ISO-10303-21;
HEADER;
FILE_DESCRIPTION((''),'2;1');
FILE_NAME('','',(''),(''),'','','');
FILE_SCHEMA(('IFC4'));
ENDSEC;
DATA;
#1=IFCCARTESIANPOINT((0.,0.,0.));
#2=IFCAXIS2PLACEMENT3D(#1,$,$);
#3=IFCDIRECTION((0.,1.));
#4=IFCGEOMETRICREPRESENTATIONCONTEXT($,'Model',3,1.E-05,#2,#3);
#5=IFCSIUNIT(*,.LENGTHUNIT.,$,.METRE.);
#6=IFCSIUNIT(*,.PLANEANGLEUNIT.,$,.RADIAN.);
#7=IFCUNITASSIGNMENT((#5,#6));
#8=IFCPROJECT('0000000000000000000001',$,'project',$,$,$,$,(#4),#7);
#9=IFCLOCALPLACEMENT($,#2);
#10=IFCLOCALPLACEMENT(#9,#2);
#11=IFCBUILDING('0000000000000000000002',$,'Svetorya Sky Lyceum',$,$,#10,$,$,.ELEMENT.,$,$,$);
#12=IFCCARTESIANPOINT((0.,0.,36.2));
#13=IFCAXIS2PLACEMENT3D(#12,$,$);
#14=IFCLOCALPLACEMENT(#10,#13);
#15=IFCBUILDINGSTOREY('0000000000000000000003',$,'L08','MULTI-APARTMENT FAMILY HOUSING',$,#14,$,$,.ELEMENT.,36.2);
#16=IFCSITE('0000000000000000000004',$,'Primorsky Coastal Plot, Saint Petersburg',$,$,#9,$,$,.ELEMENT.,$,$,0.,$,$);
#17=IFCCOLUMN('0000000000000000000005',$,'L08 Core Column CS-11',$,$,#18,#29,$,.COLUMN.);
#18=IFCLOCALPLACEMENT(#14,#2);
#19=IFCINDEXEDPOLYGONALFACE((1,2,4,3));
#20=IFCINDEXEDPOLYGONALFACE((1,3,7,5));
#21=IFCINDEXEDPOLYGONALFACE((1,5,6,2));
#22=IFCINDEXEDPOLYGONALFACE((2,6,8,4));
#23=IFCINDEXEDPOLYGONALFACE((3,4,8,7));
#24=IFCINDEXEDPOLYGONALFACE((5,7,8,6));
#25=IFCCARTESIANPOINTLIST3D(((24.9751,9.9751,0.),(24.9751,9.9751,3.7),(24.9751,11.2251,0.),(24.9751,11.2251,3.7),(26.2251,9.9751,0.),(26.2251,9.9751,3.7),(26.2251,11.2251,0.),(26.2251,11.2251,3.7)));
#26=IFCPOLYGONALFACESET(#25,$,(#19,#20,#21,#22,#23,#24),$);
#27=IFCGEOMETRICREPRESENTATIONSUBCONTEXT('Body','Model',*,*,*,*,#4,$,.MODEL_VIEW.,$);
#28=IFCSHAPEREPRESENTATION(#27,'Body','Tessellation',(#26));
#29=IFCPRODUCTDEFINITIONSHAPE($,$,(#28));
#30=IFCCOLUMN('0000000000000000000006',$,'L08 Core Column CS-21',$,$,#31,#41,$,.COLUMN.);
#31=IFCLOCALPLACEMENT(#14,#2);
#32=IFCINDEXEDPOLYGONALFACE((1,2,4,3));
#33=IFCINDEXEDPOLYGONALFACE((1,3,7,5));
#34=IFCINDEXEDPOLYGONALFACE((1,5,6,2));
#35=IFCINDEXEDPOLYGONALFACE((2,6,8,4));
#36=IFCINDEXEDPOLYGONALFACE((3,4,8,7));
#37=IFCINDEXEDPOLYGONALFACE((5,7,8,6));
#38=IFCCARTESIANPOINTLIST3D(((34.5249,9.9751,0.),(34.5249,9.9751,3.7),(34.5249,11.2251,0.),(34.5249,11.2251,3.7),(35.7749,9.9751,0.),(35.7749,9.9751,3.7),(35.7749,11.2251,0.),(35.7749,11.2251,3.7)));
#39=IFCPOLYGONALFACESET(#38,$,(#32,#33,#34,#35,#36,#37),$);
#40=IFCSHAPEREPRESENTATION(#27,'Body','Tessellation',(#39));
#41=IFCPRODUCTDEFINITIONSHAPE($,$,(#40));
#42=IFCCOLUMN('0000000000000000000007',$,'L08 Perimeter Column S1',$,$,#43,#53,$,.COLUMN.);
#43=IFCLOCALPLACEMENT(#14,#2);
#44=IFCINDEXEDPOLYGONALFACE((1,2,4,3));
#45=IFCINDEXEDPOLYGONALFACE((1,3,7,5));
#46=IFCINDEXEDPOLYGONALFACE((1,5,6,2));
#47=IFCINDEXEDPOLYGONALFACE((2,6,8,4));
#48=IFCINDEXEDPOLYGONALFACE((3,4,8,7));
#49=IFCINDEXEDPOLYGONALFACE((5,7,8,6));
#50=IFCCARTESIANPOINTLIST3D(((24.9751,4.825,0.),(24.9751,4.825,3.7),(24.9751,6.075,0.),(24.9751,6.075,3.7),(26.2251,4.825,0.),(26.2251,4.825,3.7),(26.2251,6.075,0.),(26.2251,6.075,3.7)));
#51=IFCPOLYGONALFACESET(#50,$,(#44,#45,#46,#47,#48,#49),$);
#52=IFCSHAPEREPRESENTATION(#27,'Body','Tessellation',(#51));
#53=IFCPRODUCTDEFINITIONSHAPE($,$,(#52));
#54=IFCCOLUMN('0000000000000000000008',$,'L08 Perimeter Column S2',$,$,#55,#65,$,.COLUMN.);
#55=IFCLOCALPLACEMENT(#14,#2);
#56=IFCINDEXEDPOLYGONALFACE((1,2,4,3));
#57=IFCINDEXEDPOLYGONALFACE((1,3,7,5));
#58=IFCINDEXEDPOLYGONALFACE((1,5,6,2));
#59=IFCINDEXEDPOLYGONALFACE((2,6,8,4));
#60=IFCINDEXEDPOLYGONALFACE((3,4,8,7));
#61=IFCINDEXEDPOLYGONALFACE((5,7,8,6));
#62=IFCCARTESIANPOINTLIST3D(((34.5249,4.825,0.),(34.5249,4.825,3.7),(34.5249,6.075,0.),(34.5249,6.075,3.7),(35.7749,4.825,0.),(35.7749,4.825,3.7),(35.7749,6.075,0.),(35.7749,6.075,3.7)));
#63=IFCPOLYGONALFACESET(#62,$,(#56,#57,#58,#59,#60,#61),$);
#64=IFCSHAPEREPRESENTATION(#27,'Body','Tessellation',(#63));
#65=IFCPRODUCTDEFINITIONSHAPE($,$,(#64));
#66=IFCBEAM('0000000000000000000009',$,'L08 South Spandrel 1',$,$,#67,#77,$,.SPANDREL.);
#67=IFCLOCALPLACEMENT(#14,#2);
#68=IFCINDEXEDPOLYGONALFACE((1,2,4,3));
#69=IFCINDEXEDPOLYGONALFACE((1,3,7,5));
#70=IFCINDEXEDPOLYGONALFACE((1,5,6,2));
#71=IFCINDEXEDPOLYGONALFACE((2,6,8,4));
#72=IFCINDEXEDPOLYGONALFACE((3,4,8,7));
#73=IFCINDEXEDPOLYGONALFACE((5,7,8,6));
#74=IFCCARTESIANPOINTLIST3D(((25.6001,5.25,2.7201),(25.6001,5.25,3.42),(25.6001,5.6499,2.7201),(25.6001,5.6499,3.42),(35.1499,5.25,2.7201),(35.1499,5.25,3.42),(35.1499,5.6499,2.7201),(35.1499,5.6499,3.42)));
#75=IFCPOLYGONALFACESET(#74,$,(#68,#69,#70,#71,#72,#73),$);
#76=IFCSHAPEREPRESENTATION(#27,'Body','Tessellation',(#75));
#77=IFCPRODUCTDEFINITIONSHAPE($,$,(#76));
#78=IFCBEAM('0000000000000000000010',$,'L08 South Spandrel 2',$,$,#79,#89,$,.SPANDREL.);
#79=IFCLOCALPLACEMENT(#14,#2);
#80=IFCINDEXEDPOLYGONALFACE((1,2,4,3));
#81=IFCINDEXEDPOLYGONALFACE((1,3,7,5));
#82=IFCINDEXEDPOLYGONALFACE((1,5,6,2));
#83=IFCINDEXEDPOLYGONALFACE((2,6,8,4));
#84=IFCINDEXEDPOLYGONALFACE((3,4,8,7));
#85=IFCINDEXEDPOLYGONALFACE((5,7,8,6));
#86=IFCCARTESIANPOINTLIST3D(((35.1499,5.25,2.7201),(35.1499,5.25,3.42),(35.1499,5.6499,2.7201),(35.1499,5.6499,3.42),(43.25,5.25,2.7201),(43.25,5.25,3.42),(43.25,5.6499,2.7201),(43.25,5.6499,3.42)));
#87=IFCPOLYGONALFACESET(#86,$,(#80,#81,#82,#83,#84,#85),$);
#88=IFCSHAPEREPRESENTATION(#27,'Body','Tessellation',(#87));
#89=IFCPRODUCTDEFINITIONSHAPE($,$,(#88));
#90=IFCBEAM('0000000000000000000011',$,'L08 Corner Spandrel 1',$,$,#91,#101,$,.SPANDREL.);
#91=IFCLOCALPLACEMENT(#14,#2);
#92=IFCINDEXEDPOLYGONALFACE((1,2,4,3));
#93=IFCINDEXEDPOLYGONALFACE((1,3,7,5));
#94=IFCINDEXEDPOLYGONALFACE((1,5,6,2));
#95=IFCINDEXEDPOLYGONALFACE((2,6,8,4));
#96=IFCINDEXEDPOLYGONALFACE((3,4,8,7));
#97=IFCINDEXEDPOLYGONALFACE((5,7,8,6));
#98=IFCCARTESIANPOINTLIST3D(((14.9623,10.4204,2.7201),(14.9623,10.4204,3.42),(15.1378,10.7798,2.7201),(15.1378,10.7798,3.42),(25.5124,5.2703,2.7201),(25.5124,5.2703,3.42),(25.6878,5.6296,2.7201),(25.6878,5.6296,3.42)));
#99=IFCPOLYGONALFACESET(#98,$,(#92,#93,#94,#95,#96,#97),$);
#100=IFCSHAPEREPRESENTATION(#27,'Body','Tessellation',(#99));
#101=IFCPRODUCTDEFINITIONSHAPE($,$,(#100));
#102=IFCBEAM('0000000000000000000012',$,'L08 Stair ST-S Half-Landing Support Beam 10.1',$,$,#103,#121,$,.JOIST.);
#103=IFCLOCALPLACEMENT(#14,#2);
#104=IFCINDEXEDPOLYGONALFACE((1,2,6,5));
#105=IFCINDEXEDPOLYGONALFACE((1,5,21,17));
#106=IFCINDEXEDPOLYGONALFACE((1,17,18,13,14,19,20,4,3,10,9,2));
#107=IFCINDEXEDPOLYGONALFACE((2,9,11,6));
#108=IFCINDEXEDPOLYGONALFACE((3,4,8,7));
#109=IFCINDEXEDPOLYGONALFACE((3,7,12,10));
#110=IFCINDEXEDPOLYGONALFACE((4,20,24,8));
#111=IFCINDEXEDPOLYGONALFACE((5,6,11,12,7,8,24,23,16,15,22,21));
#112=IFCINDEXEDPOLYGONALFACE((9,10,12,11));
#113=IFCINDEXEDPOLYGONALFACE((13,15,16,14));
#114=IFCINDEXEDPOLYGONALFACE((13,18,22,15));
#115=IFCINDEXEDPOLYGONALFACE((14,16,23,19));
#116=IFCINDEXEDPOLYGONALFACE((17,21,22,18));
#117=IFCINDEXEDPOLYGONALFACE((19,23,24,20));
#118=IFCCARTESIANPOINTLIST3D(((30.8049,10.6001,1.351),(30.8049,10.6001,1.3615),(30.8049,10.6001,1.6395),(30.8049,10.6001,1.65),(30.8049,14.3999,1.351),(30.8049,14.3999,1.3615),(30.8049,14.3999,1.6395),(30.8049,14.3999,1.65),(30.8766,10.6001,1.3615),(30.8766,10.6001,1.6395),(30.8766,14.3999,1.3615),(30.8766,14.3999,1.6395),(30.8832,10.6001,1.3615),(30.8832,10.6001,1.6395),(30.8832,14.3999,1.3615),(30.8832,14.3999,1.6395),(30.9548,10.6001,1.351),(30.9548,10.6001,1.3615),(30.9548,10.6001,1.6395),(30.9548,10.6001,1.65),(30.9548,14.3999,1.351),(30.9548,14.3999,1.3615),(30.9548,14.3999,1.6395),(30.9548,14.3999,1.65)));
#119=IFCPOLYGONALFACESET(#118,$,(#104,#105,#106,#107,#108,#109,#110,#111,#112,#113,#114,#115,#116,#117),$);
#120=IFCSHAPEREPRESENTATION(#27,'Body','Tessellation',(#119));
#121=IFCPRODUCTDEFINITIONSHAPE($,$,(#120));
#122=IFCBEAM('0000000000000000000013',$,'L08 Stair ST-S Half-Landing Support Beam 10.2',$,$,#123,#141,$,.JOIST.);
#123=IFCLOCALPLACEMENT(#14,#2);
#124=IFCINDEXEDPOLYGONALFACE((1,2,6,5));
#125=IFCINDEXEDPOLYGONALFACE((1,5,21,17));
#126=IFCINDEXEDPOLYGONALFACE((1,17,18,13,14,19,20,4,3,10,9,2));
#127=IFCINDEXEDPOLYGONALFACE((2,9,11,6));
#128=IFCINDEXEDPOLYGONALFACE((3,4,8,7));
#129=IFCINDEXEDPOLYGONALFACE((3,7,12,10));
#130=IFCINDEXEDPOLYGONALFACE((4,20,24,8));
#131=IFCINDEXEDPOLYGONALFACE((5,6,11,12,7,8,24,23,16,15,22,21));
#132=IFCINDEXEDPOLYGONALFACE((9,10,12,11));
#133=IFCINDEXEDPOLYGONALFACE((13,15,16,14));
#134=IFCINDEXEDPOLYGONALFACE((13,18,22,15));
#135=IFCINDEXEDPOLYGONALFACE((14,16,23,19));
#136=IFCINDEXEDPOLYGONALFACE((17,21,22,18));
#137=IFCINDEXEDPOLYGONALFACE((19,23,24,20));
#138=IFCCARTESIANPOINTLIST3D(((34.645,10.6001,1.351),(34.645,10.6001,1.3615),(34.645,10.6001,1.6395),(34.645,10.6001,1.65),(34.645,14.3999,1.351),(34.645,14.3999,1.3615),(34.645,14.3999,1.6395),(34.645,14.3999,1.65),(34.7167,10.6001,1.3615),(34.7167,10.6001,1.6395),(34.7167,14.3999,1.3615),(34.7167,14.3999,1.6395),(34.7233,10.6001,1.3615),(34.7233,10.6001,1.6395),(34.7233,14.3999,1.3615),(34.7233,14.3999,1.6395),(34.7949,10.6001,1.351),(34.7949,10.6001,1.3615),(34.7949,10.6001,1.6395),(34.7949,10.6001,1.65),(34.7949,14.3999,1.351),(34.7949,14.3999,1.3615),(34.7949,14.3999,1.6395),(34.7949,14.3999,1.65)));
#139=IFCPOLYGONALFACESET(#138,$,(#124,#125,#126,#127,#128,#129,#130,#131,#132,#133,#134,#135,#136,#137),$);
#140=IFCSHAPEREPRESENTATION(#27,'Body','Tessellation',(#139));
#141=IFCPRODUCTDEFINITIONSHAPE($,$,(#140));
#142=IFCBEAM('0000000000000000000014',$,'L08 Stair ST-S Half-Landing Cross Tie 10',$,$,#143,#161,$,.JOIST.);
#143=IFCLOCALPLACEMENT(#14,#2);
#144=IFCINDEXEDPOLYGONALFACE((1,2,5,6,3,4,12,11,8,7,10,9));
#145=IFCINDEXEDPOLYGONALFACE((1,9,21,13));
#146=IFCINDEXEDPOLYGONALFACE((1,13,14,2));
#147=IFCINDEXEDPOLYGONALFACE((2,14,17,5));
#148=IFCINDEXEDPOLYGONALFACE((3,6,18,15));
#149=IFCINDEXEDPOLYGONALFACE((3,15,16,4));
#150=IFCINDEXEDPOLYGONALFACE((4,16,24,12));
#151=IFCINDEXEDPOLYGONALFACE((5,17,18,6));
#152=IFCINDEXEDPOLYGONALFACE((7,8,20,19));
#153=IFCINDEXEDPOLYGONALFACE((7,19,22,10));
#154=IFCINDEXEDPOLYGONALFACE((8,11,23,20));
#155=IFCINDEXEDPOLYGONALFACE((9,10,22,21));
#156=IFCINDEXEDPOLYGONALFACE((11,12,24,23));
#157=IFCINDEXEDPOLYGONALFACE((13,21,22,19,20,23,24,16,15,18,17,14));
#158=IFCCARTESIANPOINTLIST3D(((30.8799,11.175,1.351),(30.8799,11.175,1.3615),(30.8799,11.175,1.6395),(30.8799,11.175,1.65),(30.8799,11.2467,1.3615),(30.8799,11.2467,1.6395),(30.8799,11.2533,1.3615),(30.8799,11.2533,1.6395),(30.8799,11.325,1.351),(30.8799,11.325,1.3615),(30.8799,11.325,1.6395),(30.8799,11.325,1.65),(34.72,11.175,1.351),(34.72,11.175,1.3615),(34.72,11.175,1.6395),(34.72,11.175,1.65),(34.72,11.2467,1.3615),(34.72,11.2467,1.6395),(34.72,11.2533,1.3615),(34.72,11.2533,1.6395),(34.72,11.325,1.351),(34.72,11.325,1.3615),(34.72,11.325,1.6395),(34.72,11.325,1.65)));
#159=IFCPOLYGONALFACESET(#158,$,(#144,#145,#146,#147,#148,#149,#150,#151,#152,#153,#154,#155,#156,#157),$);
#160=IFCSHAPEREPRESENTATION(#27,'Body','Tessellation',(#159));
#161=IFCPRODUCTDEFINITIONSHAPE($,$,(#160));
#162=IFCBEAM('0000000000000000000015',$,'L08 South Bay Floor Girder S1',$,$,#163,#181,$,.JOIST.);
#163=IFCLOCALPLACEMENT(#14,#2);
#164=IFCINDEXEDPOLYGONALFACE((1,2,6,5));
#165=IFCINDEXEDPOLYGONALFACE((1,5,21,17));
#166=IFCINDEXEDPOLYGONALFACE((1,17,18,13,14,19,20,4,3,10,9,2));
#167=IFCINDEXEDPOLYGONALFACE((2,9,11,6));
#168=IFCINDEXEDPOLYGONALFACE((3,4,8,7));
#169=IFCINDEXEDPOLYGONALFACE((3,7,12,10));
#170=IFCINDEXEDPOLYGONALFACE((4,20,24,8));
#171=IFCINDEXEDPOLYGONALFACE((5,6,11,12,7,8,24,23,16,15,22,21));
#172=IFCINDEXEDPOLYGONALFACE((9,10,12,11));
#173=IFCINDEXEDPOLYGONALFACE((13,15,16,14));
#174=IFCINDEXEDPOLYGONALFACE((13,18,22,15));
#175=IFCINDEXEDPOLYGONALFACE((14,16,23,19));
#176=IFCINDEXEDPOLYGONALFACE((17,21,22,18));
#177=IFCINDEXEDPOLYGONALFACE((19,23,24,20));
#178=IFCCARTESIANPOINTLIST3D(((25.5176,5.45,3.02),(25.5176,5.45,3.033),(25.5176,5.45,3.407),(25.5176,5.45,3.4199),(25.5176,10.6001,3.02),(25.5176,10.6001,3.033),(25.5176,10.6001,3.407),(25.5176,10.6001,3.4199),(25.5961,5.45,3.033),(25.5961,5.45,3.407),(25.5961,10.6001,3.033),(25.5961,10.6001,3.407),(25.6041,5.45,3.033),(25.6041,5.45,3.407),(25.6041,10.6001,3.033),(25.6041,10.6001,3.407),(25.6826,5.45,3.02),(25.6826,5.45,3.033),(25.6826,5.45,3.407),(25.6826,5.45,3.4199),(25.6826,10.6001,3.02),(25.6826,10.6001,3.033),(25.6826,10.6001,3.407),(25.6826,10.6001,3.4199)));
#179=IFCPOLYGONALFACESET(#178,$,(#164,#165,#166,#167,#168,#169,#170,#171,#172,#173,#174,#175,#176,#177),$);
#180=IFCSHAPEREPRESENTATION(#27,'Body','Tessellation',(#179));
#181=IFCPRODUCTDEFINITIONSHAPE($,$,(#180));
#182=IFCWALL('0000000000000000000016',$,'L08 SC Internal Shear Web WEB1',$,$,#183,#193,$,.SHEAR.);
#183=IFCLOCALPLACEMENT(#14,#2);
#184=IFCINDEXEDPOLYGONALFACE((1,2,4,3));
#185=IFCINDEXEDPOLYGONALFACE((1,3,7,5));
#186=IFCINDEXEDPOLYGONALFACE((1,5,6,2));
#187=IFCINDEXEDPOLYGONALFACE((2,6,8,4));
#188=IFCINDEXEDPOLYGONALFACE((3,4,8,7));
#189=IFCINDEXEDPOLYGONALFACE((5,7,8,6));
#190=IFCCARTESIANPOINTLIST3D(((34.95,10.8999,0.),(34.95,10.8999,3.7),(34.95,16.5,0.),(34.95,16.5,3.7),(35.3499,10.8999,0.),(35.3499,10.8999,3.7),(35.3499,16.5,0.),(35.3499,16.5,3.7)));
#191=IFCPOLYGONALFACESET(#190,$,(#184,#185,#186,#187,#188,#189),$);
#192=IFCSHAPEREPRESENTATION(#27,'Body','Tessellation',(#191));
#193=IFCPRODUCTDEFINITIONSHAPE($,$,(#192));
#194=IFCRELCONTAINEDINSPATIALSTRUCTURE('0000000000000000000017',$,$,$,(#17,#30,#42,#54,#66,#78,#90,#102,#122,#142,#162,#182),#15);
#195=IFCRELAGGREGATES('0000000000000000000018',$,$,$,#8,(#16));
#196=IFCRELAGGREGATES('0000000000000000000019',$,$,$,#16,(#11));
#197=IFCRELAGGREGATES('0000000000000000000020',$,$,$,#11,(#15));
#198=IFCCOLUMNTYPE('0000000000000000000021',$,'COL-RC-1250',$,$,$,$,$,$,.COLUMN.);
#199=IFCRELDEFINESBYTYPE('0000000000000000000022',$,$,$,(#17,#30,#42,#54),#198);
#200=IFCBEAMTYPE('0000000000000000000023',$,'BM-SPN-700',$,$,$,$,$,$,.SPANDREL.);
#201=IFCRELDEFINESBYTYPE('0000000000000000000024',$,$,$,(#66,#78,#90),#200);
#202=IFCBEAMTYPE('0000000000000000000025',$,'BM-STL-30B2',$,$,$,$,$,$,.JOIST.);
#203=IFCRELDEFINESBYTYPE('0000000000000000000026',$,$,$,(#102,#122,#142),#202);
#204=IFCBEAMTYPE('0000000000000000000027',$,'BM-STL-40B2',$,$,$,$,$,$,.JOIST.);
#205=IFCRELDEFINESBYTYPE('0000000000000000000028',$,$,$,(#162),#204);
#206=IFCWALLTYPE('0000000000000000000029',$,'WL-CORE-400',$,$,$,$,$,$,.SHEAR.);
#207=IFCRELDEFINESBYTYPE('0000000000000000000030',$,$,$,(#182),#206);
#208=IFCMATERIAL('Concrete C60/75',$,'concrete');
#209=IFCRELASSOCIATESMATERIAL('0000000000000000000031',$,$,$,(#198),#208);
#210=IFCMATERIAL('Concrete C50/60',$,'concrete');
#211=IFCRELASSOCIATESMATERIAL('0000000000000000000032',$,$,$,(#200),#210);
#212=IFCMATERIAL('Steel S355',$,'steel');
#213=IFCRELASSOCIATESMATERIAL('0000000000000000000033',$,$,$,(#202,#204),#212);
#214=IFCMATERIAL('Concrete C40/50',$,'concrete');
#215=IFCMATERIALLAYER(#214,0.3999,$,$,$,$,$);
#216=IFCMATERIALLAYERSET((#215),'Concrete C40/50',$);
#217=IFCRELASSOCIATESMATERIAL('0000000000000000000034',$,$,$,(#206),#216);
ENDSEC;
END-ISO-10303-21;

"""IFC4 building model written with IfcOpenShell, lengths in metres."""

from ifc_helpers import new_model, si_unit, direction, frame, frame_2d, origin, origin_2d, place, context, subcontext, project, spatial, rectangle, i_section, extrude, material, layer, layer_set, material_profile, profile_set, type_object, element, save


model = new_model("IFC4")

# Units and contexts
model_context = context("Model", 3, precision=1e-05, world=origin(), true_north=direction((0.0, 1.0)))
body_context = subcontext(model_context, "Body", "Model", "MODEL_VIEW")
ifc_project = project(units=[si_unit("LENGTHUNIT", "METRE"), si_unit("PLANEANGLEUNIT", "RADIAN")], contexts=[model_context])

# Site, building, storey
site_placement = place(None, origin())
site = spatial("IfcSite", under=ifc_project, at=site_placement, Name="Primorsky Coastal Plot, Saint Petersburg", CompositionType="ELEMENT", RefElevation=0.0)
building_placement = place(site_placement, origin())
building = spatial("IfcBuilding", under=site, at=building_placement, Name="Svetorya Sky Lyceum", CompositionType="ELEMENT")
storey_placement = place(building_placement, frame((0.0, 0.0, 36.2)))
storey = spatial("IfcBuildingStorey", under=building, at=storey_placement, Name="L08", Description="MULTI-APARTMENT FAMILY HOUSING", CompositionType="ELEMENT", Elevation=36.2)

# Columns
ifc_material_1 = material(Name="Concrete C60/75", Category="concrete")
ifc_material_profile_1 = material_profile(ifc_material_1, rectangle(XDim=1.25, YDim=1.25, at=origin_2d()), Name="RC COL 1250x1250")
ifc_profile_set_1 = profile_set([ifc_material_profile_1], Name="Concrete C60/75")
column_type = type_object("IfcColumnType", Name="COL-RC-1250", PredefinedType="COLUMN", material=ifc_profile_set_1)
for number, where, z_axis, x_axis, name in (
    (1, (25.6001, 10.6001, 0.0), (0.0, 0.0, 1.0), (1.0, 0.0, 0.0), "L08 Core Column CS-11"),
    (2, (35.1499, 10.6001, 0.0), (0.0, 0.0, 1.0), (1.0, 0.0, 0.0), "L08 Core Column CS-21"),
    (3, (25.6001, 5.45, 0.0), (0.0, 0.0, 1.0), (1.0, 0.0, 0.0), "L08 Perimeter Column S1"),
    (4, (35.1499, 5.45, 0.0), (0.0, 0.0, 1.0), (1.0, 0.0, 0.0), "L08 Perimeter Column S2"),
):
    element("IfcColumn", number, at=place(storey_placement, frame(where, z_axis=z_axis, x_axis=x_axis)), inside=storey, type_object=column_type, Name=name, PredefinedType="COLUMN", context=body_context, shape_type="SweptSolid", body=[
        extrude(rectangle(XDim=1.25, YDim=1.25, at=origin_2d()), origin(), (0.0, 0.0, 1.0), 3.7),
    ])

# Beams
ifc_material_2 = material(Name="Concrete C50/60", Category="concrete")
ifc_material_profile_2 = material_profile(ifc_material_2, rectangle(XDim=0.3999, YDim=0.7, at=origin_2d()), Name="RC SPANDREL 400x700")
ifc_profile_set_2 = profile_set([ifc_material_profile_2], Name="Concrete C50/60")
beam_type_1 = type_object("IfcBeamType", Name="BM-SPN-700", PredefinedType="SPANDREL", material=ifc_profile_set_2)
beam_1_placement = place(storey_placement, frame((25.6001, 5.45, 3.0701), z_axis=(1.0, 0.0, 0.0), x_axis=(0.0, 1.0, 0.0)))
element("IfcBeam", 5, at=beam_1_placement, inside=storey, type_object=beam_type_1, Name="L08 South Spandrel 1", PredefinedType="SPANDREL", context=body_context, shape_type="SweptSolid", body=[
    extrude(rectangle(XDim=0.3999, YDim=0.7, at=origin_2d()), origin(), (0.0, 0.0, 1.0), 9.5498),
])
beam_2_placement = place(storey_placement, frame((35.1499, 5.45, 3.0701), z_axis=(1.0, 0.0, 0.0), x_axis=(0.0, 1.0, 0.0)))
element("IfcBeam", 6, at=beam_2_placement, inside=storey, type_object=beam_type_1, Name="L08 South Spandrel 2", PredefinedType="SPANDREL", context=body_context, shape_type="SweptSolid", body=[
    extrude(rectangle(XDim=0.3999, YDim=0.7, at=origin_2d()), origin(), (0.0, 0.0, 1.0), 8.1001),
])
beam_3_placement = place(storey_placement, frame((25.6001, 5.45, 3.0701), z_axis=(-0.898641, 0.438684, 0.0), x_axis=(-0.438684, -0.898641, 0.0)))
element("IfcBeam", 7, at=beam_3_placement, inside=storey, type_object=beam_type_1, Name="L08 Corner Spandrel 1", PredefinedType="SPANDREL", context=body_context, shape_type="SweptSolid", body=[
    extrude(rectangle(XDim=0.3999, YDim=0.7, at=origin_2d()), origin(), (0.0, 0.0, 1.0), 11.74),
])
ifc_material_3 = material(Name="Steel S355", Category="steel")
ifc_material_profile_3 = material_profile(ifc_material_3, i_section(OverallWidth=0.1499, OverallDepth=0.2991, WebThickness=0.0066, FlangeThickness=0.0105, at=origin_2d()), Name="GOST 30B2")
ifc_profile_set_3 = profile_set([ifc_material_profile_3], Name="Steel S355")
beam_type_2 = type_object("IfcBeamType", Name="BM-STL-30B2", PredefinedType="JOIST", material=ifc_profile_set_3)
for number, where, z_axis, x_axis, name in (
    (8, (30.8799, 10.6001, 1.5005), (0.0, 1.0, 0.0), (-1.0, 0.0, 0.0), "L08 Stair ST-S Half-Landing Support Beam 10.1"),
    (9, (34.72, 10.6001, 1.5005), (0.0, 1.0, 0.0), (-1.0, 0.0, 0.0), "L08 Stair ST-S Half-Landing Support Beam 10.2"),
):
    element("IfcBeam", number, at=place(storey_placement, frame(where, z_axis=z_axis, x_axis=x_axis)), inside=storey, type_object=beam_type_2, Name=name, PredefinedType="JOIST", context=body_context, shape_type="SweptSolid", body=[
        extrude(i_section(OverallWidth=0.1499, OverallDepth=0.2991, WebThickness=0.0066, FlangeThickness=0.0105, at=origin_2d()), origin(), (0.0, 0.0, 1.0), 3.7998),
    ])
beam_4_placement = place(storey_placement, frame((30.8799, 11.25, 1.5005), z_axis=(1.0, 0.0, 0.0), x_axis=(0.0, 1.0, 0.0)))
element("IfcBeam", 10, at=beam_4_placement, inside=storey, type_object=beam_type_2, Name="L08 Stair ST-S Half-Landing Cross Tie 10", PredefinedType="JOIST", context=body_context, shape_type="SweptSolid", body=[
    extrude(i_section(OverallWidth=0.1499, OverallDepth=0.2991, WebThickness=0.0066, FlangeThickness=0.0105, at=origin_2d()), origin(), (0.0, 0.0, 1.0), 3.8401),
])
ifc_material_profile_4 = material_profile(ifc_material_3, i_section(OverallWidth=0.165, OverallDepth=0.3999, WebThickness=0.0081, FlangeThickness=0.0129, at=origin_2d()), Name="GOST 40B2")
ifc_profile_set_4 = profile_set([ifc_material_profile_4], Name="Steel S355")
beam_type_3 = type_object("IfcBeamType", Name="BM-STL-40B2", PredefinedType="JOIST", material=ifc_profile_set_4)
beam_5_placement = place(storey_placement, frame((25.6001, 5.45, 3.22), z_axis=(0.0, 1.0, 0.0), x_axis=(-1.0, 0.0, 0.0)))
element("IfcBeam", 11, at=beam_5_placement, inside=storey, type_object=beam_type_3, Name="L08 South Bay Floor Girder S1", PredefinedType="JOIST", context=body_context, shape_type="SweptSolid", body=[
    extrude(i_section(OverallWidth=0.165, OverallDepth=0.3999, WebThickness=0.0081, FlangeThickness=0.0129, at=origin_2d()), origin(), (0.0, 0.0, 1.0), 5.1501),
])

# Wall
ifc_material_4 = material(Name="Concrete C40/50", Category="concrete")
ifc_layer_1 = layer(ifc_material_4, 0.3999)
ifc_layer_set_1 = layer_set([ifc_layer_1], Name="Concrete C40/50")
wall_type_1 = type_object("IfcWallType", Name="WL-CORE-400", PredefinedType="SHEAR", material=ifc_layer_set_1)
wall_1_placement = place(storey_placement, frame((35.1499, 10.8999, 0.0), z_axis=(0.0, 0.0, 1.0), x_axis=(0.0, 1.0, 0.0)))
element("IfcWall", 12, at=wall_1_placement, inside=storey, type_object=wall_type_1, Name="L08 SC Internal Shear Web WEB1", PredefinedType="SHEAR", context=body_context, shape_type="SweptSolid", body=[
    extrude(rectangle(XDim=5.6001, YDim=0.3999, at=frame_2d((2.8, 0.0))), origin(), (0.0, 0.0, 1.0), 3.7),
])

save(model, "model.ifc")
